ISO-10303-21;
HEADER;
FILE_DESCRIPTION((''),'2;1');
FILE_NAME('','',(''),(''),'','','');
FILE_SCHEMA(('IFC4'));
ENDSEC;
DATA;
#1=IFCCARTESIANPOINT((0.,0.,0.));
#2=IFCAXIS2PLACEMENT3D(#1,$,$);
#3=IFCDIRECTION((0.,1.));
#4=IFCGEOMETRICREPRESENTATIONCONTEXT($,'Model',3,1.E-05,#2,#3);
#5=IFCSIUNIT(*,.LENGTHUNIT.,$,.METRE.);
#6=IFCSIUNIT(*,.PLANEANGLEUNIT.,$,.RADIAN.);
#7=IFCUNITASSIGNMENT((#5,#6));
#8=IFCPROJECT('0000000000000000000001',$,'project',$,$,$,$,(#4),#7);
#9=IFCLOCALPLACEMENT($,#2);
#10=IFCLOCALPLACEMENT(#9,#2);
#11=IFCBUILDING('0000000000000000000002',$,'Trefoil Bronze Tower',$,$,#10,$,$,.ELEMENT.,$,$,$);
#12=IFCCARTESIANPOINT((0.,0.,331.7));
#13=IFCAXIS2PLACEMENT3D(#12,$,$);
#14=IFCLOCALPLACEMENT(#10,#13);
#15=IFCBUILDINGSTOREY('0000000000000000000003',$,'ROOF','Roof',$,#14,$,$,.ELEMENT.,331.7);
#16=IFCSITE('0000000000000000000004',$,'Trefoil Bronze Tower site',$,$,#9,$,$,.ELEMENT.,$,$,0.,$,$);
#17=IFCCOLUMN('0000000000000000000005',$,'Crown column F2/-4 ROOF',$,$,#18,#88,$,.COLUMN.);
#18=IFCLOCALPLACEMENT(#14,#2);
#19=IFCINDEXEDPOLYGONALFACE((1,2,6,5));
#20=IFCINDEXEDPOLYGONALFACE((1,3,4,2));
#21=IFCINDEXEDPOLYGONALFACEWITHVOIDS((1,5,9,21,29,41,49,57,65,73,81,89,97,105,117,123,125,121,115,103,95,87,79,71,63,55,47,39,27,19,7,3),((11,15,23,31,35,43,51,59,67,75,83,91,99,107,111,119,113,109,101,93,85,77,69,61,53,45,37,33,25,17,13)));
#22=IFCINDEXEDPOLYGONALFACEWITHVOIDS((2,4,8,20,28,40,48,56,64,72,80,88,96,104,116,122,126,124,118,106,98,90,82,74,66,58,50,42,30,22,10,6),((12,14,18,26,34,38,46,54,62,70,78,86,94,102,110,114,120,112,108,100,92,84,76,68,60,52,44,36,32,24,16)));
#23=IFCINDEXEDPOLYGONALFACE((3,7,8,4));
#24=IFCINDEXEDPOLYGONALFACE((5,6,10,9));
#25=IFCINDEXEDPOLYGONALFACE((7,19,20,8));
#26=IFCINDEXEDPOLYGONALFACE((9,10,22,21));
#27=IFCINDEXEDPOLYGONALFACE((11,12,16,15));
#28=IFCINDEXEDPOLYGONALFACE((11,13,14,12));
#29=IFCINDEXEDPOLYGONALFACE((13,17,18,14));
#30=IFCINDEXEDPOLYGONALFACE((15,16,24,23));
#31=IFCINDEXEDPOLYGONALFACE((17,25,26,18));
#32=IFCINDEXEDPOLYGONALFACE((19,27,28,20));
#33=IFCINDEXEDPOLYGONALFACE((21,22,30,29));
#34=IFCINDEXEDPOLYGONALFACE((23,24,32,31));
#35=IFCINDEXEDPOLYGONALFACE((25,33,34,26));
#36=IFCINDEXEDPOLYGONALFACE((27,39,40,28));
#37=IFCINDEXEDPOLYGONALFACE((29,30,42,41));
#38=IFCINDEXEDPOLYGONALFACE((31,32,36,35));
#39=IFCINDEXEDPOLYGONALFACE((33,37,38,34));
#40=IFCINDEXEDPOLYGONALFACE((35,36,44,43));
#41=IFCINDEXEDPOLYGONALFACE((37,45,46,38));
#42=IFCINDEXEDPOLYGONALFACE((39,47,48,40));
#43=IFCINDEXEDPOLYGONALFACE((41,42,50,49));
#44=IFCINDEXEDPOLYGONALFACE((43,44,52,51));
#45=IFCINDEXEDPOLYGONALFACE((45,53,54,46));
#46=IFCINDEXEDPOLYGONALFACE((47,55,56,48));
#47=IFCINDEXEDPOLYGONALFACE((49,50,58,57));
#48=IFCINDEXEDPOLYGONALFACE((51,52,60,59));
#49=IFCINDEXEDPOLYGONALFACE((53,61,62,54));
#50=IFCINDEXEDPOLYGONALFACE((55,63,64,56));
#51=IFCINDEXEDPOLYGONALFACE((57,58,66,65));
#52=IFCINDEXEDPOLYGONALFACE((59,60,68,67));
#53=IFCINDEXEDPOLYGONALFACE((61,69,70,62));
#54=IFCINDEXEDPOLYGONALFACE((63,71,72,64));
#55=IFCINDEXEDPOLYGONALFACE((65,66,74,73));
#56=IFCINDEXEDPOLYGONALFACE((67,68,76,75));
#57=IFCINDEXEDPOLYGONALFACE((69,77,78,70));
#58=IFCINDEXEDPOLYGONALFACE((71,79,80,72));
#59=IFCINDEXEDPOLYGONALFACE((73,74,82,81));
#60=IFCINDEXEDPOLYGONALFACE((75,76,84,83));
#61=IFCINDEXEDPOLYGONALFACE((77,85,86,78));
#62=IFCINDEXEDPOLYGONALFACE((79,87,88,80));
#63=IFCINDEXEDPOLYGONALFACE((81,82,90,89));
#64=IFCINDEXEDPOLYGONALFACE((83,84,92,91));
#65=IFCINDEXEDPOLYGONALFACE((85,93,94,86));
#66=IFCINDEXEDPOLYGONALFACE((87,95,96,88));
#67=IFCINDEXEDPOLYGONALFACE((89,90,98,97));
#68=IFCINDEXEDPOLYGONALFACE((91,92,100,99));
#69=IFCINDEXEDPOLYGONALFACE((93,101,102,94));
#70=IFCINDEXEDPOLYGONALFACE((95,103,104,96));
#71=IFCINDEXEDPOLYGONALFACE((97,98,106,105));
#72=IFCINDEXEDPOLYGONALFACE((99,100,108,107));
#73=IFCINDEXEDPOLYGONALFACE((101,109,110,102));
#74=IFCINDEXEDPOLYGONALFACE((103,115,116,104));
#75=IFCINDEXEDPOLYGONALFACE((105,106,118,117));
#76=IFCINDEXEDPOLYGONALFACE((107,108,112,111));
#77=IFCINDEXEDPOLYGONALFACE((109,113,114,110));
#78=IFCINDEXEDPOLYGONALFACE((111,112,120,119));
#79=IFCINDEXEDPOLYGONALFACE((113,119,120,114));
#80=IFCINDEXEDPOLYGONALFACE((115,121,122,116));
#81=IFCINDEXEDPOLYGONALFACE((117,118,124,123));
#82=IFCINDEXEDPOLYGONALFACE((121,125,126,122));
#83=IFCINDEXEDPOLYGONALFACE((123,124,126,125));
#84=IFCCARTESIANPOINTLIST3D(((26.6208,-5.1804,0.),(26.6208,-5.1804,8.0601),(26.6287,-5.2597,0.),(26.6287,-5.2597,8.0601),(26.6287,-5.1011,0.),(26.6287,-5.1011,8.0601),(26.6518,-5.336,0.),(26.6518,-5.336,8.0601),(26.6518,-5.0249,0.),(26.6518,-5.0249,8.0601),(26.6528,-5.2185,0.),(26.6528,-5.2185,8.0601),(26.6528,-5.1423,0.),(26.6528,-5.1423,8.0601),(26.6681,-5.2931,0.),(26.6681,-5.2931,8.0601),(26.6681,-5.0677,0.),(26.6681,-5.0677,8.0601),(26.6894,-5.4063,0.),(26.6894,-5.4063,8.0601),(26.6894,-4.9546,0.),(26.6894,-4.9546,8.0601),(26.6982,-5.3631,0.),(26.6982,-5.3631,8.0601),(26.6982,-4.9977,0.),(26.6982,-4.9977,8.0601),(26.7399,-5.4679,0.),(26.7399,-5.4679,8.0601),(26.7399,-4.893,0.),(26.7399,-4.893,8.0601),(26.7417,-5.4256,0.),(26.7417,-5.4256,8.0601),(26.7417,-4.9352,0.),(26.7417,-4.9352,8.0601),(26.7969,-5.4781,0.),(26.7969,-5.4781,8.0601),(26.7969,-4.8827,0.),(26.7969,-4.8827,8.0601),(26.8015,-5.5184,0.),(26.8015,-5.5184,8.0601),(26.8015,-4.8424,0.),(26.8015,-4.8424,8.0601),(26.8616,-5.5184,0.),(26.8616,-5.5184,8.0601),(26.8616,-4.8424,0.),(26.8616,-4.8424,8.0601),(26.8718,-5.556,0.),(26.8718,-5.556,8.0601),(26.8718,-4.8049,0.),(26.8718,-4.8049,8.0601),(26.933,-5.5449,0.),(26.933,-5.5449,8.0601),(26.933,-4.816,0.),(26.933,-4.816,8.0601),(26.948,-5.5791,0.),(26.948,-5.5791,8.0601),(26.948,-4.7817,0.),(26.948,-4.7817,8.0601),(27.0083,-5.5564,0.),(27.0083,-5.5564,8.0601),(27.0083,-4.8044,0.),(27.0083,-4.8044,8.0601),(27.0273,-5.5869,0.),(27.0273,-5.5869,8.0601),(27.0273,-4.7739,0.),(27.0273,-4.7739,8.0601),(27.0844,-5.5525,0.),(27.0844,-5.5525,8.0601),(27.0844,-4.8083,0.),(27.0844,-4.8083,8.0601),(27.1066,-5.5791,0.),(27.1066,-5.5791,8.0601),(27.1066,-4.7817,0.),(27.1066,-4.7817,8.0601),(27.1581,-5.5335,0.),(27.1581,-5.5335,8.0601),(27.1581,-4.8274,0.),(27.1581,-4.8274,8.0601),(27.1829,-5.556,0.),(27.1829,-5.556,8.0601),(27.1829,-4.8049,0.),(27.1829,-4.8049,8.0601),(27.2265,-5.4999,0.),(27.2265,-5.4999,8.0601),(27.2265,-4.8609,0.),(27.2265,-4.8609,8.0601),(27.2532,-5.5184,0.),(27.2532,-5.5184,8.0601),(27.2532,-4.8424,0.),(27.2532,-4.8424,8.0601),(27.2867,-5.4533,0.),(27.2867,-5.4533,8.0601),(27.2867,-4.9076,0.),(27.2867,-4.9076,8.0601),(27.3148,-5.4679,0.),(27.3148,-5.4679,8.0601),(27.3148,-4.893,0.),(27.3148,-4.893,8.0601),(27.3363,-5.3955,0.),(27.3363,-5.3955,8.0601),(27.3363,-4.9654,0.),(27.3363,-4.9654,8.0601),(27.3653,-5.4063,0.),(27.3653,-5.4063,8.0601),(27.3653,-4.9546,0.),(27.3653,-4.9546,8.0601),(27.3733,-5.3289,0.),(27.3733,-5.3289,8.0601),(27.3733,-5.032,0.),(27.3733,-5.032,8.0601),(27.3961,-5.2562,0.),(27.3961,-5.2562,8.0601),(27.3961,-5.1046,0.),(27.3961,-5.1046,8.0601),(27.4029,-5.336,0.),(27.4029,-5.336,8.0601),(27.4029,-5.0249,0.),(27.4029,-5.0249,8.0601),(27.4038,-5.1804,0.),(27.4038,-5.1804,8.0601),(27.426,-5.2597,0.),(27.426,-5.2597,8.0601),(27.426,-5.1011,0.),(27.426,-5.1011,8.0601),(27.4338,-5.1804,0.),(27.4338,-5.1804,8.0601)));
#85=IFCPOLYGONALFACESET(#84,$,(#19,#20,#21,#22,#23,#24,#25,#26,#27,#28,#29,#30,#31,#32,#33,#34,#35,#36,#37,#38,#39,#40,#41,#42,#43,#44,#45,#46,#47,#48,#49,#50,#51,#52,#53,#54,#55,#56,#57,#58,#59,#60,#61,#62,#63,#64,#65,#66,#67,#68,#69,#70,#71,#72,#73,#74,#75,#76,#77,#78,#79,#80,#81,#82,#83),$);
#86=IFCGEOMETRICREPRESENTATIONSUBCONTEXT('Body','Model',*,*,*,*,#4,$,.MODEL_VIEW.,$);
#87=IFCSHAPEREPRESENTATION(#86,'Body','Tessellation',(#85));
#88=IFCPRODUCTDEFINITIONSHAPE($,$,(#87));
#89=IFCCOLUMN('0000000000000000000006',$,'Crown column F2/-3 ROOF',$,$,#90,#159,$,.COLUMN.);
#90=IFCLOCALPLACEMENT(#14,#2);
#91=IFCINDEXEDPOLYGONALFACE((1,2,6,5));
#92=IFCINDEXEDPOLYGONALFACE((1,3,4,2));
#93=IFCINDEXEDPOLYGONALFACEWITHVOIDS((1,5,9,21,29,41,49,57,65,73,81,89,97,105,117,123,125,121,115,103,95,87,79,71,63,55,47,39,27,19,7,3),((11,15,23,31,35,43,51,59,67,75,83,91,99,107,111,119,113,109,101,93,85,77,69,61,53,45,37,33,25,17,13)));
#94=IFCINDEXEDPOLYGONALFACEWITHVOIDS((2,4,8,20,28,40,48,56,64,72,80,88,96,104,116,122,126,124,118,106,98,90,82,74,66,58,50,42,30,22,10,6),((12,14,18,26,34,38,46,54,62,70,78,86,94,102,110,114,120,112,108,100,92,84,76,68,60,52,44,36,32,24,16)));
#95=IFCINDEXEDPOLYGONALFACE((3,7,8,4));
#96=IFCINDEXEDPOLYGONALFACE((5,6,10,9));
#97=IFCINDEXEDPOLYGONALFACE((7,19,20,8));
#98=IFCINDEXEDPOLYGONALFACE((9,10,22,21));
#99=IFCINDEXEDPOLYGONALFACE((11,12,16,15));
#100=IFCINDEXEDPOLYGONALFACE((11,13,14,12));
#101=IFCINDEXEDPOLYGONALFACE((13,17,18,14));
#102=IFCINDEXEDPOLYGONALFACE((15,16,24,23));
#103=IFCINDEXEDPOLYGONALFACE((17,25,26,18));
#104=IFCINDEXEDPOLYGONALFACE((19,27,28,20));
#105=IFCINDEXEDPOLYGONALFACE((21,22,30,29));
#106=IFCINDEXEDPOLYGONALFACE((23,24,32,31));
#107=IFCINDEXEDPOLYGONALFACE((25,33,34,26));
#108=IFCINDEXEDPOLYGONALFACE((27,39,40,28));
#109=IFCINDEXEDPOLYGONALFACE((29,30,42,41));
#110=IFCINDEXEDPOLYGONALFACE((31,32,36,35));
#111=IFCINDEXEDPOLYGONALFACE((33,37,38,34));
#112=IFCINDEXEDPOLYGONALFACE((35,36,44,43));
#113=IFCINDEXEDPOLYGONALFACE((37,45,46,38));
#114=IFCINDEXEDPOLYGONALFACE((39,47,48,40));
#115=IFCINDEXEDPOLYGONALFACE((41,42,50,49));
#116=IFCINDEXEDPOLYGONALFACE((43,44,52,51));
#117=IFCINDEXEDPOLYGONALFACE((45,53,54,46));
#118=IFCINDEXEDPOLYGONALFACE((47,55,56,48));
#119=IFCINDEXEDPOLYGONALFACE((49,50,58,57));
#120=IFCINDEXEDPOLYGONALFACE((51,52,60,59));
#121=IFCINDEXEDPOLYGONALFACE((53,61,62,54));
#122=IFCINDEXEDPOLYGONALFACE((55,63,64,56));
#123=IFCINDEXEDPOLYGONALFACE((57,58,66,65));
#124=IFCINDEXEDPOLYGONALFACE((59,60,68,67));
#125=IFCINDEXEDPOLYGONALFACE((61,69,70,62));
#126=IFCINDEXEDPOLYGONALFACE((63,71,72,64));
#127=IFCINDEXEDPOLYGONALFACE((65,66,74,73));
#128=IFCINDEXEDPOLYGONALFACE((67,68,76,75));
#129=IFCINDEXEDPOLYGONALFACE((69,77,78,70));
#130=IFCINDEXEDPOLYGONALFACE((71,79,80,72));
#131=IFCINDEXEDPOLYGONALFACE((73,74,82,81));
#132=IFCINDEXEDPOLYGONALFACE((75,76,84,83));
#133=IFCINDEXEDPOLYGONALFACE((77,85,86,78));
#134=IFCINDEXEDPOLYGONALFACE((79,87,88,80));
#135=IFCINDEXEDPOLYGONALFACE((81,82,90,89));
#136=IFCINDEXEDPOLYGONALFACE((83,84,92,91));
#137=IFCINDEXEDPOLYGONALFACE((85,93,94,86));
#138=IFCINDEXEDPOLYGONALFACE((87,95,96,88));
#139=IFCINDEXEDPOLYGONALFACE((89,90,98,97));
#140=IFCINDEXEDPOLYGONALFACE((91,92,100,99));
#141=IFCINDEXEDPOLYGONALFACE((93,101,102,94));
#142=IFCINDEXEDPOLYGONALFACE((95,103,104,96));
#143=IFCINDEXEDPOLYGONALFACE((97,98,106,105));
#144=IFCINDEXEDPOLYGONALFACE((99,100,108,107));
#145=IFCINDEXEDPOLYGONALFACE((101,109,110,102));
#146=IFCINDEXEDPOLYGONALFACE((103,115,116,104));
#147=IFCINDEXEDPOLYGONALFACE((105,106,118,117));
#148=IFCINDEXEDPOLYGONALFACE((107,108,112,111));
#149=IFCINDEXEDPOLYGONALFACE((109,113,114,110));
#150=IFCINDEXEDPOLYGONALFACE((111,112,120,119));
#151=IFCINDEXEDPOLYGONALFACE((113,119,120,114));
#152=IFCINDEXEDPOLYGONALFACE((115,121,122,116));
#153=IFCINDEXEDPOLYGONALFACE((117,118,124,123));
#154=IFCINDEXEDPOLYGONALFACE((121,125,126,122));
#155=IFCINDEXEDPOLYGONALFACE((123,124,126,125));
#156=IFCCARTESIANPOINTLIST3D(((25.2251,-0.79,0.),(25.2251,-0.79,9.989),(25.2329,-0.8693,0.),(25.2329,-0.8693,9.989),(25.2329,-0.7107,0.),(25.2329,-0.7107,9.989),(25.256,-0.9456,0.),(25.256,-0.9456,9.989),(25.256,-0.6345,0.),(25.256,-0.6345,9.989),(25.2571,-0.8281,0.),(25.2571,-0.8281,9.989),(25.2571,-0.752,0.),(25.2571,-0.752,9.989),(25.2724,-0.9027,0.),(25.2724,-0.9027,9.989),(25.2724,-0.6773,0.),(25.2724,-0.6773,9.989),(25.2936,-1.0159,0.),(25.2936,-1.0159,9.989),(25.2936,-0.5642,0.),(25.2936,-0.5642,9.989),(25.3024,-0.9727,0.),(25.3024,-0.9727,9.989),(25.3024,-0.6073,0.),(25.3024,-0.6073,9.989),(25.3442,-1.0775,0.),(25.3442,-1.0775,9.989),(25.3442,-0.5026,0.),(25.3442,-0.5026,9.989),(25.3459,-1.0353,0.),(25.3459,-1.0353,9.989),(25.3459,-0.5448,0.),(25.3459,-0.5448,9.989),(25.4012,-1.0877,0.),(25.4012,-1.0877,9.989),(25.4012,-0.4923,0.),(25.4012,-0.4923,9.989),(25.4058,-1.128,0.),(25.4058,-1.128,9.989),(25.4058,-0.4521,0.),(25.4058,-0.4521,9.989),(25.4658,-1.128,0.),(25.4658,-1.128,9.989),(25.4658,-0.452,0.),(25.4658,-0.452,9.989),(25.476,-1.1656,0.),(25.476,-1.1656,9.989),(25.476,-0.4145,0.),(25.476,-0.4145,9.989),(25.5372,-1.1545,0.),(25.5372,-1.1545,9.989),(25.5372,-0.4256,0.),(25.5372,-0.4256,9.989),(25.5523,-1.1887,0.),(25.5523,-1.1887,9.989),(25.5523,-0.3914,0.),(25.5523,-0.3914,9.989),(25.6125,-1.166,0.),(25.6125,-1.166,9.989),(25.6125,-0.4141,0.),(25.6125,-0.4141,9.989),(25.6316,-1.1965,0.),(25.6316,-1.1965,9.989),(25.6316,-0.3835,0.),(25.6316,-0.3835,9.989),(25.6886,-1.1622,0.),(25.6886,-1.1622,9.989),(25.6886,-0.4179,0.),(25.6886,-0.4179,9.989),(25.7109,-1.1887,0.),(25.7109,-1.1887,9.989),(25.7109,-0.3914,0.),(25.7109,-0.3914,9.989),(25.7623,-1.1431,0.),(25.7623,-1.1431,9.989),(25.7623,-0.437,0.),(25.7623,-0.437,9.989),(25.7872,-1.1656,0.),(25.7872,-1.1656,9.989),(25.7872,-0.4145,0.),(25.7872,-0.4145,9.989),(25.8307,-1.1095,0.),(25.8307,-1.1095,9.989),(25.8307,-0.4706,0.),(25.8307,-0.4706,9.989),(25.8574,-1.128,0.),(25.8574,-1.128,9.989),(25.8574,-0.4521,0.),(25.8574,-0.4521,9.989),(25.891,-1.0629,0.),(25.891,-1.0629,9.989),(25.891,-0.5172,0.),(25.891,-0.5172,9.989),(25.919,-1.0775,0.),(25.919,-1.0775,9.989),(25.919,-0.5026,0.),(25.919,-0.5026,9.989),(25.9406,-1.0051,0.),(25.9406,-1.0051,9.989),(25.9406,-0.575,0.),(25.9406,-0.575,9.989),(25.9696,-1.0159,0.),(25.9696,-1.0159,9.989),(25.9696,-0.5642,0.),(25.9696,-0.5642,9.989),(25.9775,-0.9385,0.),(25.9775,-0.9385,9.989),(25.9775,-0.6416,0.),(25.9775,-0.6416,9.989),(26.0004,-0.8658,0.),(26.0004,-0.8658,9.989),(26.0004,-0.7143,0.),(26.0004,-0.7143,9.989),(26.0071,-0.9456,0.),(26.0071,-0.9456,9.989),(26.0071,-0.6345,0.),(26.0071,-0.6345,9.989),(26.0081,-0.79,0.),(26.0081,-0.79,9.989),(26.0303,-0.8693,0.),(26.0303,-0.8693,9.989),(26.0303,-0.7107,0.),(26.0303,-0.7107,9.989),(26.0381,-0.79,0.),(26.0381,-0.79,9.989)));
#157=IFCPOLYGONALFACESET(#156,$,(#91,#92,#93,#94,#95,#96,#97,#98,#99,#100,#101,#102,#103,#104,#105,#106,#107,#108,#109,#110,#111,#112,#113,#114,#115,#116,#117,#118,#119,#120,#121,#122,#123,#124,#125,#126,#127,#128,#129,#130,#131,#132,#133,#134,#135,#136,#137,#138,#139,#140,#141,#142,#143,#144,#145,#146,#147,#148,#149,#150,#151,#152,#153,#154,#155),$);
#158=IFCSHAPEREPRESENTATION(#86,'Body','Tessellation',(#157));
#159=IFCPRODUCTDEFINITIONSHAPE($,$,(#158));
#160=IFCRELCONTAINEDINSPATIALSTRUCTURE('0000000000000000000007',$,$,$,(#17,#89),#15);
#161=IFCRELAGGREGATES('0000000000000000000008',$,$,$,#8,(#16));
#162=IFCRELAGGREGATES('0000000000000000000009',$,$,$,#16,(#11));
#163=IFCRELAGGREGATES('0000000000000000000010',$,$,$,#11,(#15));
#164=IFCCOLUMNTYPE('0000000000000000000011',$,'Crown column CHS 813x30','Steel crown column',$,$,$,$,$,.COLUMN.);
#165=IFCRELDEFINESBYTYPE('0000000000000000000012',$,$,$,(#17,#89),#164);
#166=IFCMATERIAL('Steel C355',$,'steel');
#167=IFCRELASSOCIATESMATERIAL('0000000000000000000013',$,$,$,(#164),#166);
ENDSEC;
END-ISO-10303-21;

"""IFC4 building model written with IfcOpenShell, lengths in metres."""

from ifc_helpers import new_model, si_unit, direction, frame, origin, origin_2d, place, context, subcontext, project, spatial, hollow_circle, extrude, material, material_profile, profile_set, type_object, element, save


model = new_model("IFC4")

# Units and contexts
model_context = context("Model", 3, precision=1e-05, world=origin(), true_north=direction((0.0, 1.0)))
body_context = subcontext(model_context, "Body", "Model", "MODEL_VIEW")
ifc_project = project(units=[si_unit("LENGTHUNIT", "METRE"), si_unit("PLANEANGLEUNIT", "RADIAN")], contexts=[model_context])

# Site, building, storey
site_placement = place(None, origin())
site = spatial("IfcSite", under=ifc_project, at=site_placement, Name="Trefoil Bronze Tower site", CompositionType="ELEMENT", RefElevation=0.0)
building_placement = place(site_placement, origin())
building = spatial("IfcBuilding", under=site, at=building_placement, Name="Trefoil Bronze Tower", CompositionType="ELEMENT")
storey_placement = place(building_placement, frame((0.0, 0.0, 331.7)))
storey = spatial("IfcBuildingStorey", under=building, at=storey_placement, Name="ROOF", Description="Roof", CompositionType="ELEMENT", Elevation=331.7)

# Columns
ifc_material_1 = material(Name="Steel C355", Category="steel")
ifc_material_profile_1 = material_profile(ifc_material_1, hollow_circle(Radius=0.4065, WallThickness=0.03, at=origin_2d()), Name="CHS 813x30")
ifc_profile_set_1 = profile_set([ifc_material_profile_1], Name="Steel C355")
column_type_1 = type_object("IfcColumnType", Name="Crown column CHS 813x30", Description="Steel crown column", PredefinedType="COLUMN", material=ifc_profile_set_1)
column_1_placement = place(storey_placement, frame((27.0273, -5.1804, 0.0), z_axis=(0.0, 0.0, 1.0), x_axis=(1.0, 0.0, 0.0)))
element("IfcColumn", 1, at=column_1_placement, inside=storey, type_object=column_type_1, Name="Crown column F2/-4 ROOF", PredefinedType="COLUMN", context=body_context, shape_type="SweptSolid", body=[
    extrude(hollow_circle(Radius=0.4065, WallThickness=0.03, at=origin_2d()), origin(), (0.0, 0.0, 1.0), 8.0601),
])
column_2_placement = place(storey_placement, frame((25.6316, -0.79, 0.0), z_axis=(0.0, 0.0, 1.0), x_axis=(1.0, 0.0, 0.0)))
element("IfcColumn", 2, at=column_2_placement, inside=storey, type_object=column_type_1, Name="Crown column F2/-3 ROOF", PredefinedType="COLUMN", context=body_context, shape_type="SweptSolid", body=[
    extrude(hollow_circle(Radius=0.4065, WallThickness=0.03, at=origin_2d()), origin(), (0.0, 0.0, 1.0), 9.989),
])

save(model, "model.ifc")
